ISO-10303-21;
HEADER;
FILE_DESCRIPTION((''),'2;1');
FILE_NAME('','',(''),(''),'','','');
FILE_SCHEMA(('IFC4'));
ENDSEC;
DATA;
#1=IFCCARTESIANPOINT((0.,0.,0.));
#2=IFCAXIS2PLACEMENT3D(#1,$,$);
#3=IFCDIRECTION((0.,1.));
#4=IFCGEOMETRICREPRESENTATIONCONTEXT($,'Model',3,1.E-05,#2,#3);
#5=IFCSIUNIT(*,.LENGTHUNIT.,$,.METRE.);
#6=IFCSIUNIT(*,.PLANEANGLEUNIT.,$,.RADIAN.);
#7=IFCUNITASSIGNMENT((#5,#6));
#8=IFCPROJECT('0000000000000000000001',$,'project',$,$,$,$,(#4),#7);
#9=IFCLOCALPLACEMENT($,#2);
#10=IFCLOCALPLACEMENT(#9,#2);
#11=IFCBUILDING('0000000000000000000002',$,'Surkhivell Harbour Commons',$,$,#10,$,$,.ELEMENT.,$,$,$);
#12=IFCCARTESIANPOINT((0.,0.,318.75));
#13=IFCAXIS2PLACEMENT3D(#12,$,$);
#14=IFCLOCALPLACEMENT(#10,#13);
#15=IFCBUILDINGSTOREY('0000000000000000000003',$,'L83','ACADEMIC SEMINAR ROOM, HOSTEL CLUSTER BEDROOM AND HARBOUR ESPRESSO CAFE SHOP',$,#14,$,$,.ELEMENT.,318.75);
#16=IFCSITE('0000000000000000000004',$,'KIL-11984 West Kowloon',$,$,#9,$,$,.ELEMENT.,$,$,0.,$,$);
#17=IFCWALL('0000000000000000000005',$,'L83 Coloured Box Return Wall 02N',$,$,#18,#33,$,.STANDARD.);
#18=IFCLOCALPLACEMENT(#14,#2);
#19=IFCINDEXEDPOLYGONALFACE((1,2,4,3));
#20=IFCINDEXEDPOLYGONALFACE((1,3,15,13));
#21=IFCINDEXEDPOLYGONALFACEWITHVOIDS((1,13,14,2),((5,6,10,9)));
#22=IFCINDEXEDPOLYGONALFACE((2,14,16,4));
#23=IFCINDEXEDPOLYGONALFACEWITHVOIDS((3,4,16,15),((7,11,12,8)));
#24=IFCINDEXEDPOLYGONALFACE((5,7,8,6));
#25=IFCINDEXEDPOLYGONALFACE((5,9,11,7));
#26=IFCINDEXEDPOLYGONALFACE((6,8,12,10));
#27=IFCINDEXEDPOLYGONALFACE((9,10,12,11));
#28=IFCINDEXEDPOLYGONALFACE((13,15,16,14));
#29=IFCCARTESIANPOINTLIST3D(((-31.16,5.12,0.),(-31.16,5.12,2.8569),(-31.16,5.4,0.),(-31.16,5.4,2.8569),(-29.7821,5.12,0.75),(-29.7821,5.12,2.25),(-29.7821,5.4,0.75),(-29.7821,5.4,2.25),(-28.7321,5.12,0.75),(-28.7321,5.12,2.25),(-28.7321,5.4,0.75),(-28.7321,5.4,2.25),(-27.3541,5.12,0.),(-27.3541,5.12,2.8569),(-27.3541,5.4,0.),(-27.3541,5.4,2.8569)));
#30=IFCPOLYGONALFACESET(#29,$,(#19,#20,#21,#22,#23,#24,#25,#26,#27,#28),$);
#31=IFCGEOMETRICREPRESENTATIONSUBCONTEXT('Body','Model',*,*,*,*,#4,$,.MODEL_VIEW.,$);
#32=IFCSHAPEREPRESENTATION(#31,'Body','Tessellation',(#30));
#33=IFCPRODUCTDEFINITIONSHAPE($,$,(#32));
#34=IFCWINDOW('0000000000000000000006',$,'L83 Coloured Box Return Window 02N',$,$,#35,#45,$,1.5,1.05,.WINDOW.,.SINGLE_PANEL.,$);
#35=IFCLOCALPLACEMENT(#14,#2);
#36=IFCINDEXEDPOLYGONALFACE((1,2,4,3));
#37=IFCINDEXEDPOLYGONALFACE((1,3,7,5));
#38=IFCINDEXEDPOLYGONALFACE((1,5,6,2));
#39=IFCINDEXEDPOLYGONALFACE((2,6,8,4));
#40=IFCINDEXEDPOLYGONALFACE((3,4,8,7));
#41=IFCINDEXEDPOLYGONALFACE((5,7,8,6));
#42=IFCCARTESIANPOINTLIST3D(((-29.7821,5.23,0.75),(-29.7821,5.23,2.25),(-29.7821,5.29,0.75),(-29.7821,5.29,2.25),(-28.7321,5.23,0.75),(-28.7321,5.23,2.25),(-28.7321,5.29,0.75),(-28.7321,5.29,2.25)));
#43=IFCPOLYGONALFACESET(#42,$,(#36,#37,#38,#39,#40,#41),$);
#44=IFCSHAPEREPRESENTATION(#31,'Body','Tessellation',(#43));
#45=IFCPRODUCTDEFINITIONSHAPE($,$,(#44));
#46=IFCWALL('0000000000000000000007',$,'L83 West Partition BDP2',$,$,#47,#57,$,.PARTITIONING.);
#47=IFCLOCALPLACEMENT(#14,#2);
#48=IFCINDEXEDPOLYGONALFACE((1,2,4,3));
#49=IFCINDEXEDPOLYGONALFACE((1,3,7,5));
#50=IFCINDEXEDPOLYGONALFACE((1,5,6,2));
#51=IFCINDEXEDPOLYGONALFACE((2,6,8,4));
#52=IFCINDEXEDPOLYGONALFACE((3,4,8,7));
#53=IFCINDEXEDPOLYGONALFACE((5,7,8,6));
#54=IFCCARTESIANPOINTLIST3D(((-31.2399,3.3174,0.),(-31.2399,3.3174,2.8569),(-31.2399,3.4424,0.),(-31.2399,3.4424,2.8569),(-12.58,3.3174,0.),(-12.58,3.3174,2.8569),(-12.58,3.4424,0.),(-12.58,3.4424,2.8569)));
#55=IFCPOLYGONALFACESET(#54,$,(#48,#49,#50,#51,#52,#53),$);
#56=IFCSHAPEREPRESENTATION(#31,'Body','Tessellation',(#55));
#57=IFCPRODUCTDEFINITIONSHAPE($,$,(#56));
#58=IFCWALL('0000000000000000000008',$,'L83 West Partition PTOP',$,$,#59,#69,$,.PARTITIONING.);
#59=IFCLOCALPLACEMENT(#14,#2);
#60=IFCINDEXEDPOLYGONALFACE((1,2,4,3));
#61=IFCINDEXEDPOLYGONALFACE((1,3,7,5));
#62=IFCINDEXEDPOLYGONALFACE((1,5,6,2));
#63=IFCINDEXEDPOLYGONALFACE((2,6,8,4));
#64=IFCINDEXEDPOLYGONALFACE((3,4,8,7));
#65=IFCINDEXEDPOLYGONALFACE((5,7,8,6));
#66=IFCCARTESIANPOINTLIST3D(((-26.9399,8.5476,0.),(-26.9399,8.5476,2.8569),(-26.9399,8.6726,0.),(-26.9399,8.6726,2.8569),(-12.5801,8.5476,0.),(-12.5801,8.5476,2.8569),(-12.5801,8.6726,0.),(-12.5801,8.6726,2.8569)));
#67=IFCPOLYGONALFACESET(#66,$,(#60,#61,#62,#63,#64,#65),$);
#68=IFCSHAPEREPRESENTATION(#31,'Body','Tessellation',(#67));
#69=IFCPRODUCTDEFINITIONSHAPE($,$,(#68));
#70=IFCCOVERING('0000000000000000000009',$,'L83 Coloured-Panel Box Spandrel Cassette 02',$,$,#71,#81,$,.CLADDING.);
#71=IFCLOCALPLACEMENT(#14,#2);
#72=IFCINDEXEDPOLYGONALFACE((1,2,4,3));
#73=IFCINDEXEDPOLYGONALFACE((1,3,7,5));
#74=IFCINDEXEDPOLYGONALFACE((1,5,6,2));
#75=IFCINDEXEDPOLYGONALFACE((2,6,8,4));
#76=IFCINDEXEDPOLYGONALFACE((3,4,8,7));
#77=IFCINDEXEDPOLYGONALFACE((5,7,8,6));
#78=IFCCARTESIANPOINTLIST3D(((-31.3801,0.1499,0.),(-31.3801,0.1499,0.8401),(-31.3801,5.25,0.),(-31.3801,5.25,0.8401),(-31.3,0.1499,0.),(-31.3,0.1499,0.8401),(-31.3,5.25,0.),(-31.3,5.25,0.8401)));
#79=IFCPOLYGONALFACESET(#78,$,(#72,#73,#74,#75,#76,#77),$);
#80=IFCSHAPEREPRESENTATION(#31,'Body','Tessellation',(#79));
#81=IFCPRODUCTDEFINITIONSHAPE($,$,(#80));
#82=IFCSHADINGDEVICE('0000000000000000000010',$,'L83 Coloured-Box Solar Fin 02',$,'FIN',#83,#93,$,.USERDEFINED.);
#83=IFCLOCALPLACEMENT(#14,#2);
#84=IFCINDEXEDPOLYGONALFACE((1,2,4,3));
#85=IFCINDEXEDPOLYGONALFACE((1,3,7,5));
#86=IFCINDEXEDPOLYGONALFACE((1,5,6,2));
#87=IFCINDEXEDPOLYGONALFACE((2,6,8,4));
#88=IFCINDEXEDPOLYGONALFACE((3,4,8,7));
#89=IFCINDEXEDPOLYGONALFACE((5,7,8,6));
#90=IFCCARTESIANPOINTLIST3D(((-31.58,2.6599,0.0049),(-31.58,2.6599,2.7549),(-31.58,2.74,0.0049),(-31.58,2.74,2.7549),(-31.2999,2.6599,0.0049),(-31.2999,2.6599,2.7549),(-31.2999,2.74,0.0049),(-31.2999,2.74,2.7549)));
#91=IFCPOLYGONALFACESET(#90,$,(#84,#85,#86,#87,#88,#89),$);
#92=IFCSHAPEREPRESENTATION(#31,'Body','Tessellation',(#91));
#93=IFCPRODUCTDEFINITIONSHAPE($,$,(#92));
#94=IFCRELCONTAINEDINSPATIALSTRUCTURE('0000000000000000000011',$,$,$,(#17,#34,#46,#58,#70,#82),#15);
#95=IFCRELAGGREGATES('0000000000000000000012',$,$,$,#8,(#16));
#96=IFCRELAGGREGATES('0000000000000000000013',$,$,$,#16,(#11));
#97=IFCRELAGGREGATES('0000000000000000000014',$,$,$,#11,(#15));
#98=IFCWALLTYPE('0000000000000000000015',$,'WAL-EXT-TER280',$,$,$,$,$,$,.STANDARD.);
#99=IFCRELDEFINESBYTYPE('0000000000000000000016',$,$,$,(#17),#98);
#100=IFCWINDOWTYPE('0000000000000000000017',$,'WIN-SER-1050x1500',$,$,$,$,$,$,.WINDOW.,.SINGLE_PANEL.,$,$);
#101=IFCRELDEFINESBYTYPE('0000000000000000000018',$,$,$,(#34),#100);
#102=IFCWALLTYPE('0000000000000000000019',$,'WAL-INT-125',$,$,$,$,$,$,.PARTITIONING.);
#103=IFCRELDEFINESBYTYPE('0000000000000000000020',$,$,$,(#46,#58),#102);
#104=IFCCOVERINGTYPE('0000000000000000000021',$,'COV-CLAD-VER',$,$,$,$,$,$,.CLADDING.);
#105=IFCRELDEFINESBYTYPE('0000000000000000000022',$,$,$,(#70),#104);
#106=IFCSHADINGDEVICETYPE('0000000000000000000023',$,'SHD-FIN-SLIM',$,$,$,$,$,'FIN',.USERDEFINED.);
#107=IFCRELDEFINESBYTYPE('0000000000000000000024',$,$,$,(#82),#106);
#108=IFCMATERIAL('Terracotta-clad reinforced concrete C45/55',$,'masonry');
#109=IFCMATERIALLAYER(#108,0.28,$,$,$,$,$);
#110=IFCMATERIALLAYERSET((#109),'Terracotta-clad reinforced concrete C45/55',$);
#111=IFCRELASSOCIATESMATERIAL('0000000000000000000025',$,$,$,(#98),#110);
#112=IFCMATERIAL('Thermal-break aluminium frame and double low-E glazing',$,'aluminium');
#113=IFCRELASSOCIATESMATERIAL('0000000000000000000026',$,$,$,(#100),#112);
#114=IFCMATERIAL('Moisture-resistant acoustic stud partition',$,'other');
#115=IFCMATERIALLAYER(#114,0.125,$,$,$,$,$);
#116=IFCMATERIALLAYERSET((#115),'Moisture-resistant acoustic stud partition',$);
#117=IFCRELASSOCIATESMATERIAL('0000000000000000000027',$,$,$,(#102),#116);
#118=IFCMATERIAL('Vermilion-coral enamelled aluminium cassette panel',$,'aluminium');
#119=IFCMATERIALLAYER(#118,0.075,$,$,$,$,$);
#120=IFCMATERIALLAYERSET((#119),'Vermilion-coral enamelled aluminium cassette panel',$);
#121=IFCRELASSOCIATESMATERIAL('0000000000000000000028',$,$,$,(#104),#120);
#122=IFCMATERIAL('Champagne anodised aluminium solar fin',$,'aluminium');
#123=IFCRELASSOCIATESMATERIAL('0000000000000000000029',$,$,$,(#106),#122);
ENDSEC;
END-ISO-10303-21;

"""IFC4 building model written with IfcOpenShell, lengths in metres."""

from ifc_helpers import new_model, si_unit, direction, frame, frame_2d, origin, origin_2d, place, context, subcontext, project, spatial, rectangle, extrude, material, layer, layer_set, type_object, element, fill, save


model = new_model("IFC4")

# Units and contexts
model_context = context("Model", 3, precision=1e-05, world=origin(), true_north=direction((0.0, 1.0)))
body_context = subcontext(model_context, "Body", "Model", "MODEL_VIEW")
ifc_project = project(units=[si_unit("LENGTHUNIT", "METRE"), si_unit("PLANEANGLEUNIT", "RADIAN")], contexts=[model_context])

# Site, building, storey
site_placement = place(None, origin())
site = spatial("IfcSite", under=ifc_project, at=site_placement, Name="KIL-11984 West Kowloon", CompositionType="ELEMENT", RefElevation=0.0)
building_placement = place(site_placement, origin())
building = spatial("IfcBuilding", under=site, at=building_placement, Name="Surkhivell Harbour Commons", CompositionType="ELEMENT")
storey_placement = place(building_placement, frame((0.0, 0.0, 318.75)))
storey = spatial("IfcBuildingStorey", under=building, at=storey_placement, Name="L83", Description="ACADEMIC SEMINAR ROOM, HOSTEL CLUSTER BEDROOM AND HARBOUR ESPRESSO CAFE SHOP", CompositionType="ELEMENT", Elevation=318.75)

# Wall, opening, window
ifc_material_1 = material(Name="Terracotta-clad reinforced concrete C45/55", Category="masonry")
ifc_layer_1 = layer(ifc_material_1, 0.28)
ifc_layer_set_1 = layer_set([ifc_layer_1], Name="Terracotta-clad reinforced concrete C45/55")
wall_type_1 = type_object("IfcWallType", Name="WAL-EXT-TER280", PredefinedType="STANDARD", material=ifc_layer_set_1)
ifc_material_2 = material(Name="Thermal-break aluminium frame and double low-E glazing", Category="aluminium")
window_type_1 = type_object("IfcWindowType", Name="WIN-SER-1050x1500", PartitioningType="SINGLE_PANEL", PredefinedType="WINDOW", material=ifc_material_2)
wall_1_placement = place(storey_placement, frame((-31.1599, 5.26, 0.0), z_axis=(0.0, 0.0, 1.0), x_axis=(1.0, 0.0, 0.0)))
wall_1 = element("IfcWall", 1, at=wall_1_placement, inside=storey, type_object=wall_type_1, Name="L83 Coloured Box Return Wall 02N", PredefinedType="STANDARD", context=body_context, shape_type="SweptSolid", body=[
    extrude(rectangle(XDim=3.8059, YDim=0.28, at=frame_2d((1.9028, 0.0))), origin(), (0.0, 0.0, 1.0), 2.8569),
])
opening_1_placement = place(wall_1_placement, frame((1.3779, 0.0, 0.75)))
opening_1 = element("IfcOpeningElement", 2, at=opening_1_placement, cuts=wall_1, PredefinedType="OPENING", context=body_context, shape_type="SweptSolid", body=[
    extrude(rectangle(XDim=1.05, YDim=1.5, at=frame_2d((0.5249, 0.75))), frame((0.0, 0.1499, 0.0), z_axis=(0.0, -1.0, 0.0), x_axis=(1.0, 0.0, 0.0)), (0.0, 0.0, 1.0), 0.3),
])
window_1_placement = place(opening_1_placement, origin())
window_1 = element("IfcWindow", 3, at=window_1_placement, inside=storey, type_object=window_type_1, Name="L83 Coloured Box Return Window 02N", OverallHeight=1.5, OverallWidth=1.05, PartitioningType="SINGLE_PANEL", PredefinedType="WINDOW", context=body_context, shape_type="SweptSolid", body=[
    extrude(rectangle(XDim=1.05, YDim=1.5, at=frame_2d((0.5249, 0.75))), frame((0.0, 0.03, 0.0), z_axis=(0.0, -1.0, 0.0), x_axis=(1.0, 0.0, 0.0)), (0.0, 0.0, 1.0), 0.0601),
])
fill(opening_1, window_1)

# Walls
ifc_material_3 = material(Name="Moisture-resistant acoustic stud partition", Category="other")
ifc_layer_2 = layer(ifc_material_3, 0.125)
ifc_layer_set_2 = layer_set([ifc_layer_2], Name="Moisture-resistant acoustic stud partition")
wall_type_2 = type_object("IfcWallType", Name="WAL-INT-125", PredefinedType="PARTITIONING", material=ifc_layer_set_2)
wall_2_placement = place(storey_placement, frame((-31.24, 3.3799, 0.0), z_axis=(0.0, 0.0, 1.0), x_axis=(1.0, 0.0, 0.0)))
element("IfcWall", 4, at=wall_2_placement, inside=storey, type_object=wall_type_2, Name="L83 West Partition BDP2", PredefinedType="PARTITIONING", context=body_context, shape_type="SweptSolid", body=[
    extrude(rectangle(XDim=18.6599, YDim=0.125, at=frame_2d((9.3301, 0.0))), origin(), (0.0, 0.0, 1.0), 2.8569),
])
wall_3_placement = place(storey_placement, frame((-26.9399, 8.6101, 0.0), z_axis=(0.0, 0.0, 1.0), x_axis=(1.0, 0.0, 0.0)))
element("IfcWall", 5, at=wall_3_placement, inside=storey, type_object=wall_type_2, Name="L83 West Partition PTOP", PredefinedType="PARTITIONING", context=body_context, shape_type="SweptSolid", body=[
    extrude(rectangle(XDim=14.3599, YDim=0.125, at=frame_2d((7.1799, 0.0))), origin(), (0.0, 0.0, 1.0), 2.8569),
])

# Covering
ifc_material_4 = material(Name="Vermilion-coral enamelled aluminium cassette panel", Category="aluminium")
ifc_layer_3 = layer(ifc_material_4, 0.075)
ifc_layer_set_3 = layer_set([ifc_layer_3], Name="Vermilion-coral enamelled aluminium cassette panel")
covering_type = type_object("IfcCoveringType", Name="COV-CLAD-VER", PredefinedType="CLADDING", material=ifc_layer_set_3)
covering_placement = place(storey_placement, frame((-31.3401, 2.7, 0.0), z_axis=(0.0, 0.0, 1.0), x_axis=(1.0, 0.0, 0.0)))
element("IfcCovering", 6, at=covering_placement, inside=storey, type_object=covering_type, Name="L83 Coloured-Panel Box Spandrel Cassette 02", PredefinedType="CLADDING", context=body_context, shape_type="SweptSolid", body=[
    extrude(rectangle(XDim=0.0801, YDim=5.1001, at=origin_2d()), origin(), (0.0, 0.0, 1.0), 0.8401),
])

# Shading device
ifc_material_5 = material(Name="Champagne anodised aluminium solar fin", Category="aluminium")
shading_device_type = type_object("IfcShadingDeviceType", Name="SHD-FIN-SLIM", ElementType="FIN", PredefinedType="USERDEFINED", material=ifc_material_5)
shading_device_placement = place(storey_placement, frame((-31.4399, 2.7, 0.0049), z_axis=(0.0, 0.0, 1.0), x_axis=(1.0, 0.0, 0.0)))
element("IfcShadingDevice", 7, at=shading_device_placement, inside=storey, type_object=shading_device_type, Name="L83 Coloured-Box Solar Fin 02", ObjectType="FIN", PredefinedType="USERDEFINED", context=body_context, shape_type="SweptSolid", body=[
    extrude(rectangle(XDim=0.28, YDim=0.0801, at=origin_2d()), origin(), (0.0, 0.0, 1.0), 2.75),
])

save(model, "model.ifc")
